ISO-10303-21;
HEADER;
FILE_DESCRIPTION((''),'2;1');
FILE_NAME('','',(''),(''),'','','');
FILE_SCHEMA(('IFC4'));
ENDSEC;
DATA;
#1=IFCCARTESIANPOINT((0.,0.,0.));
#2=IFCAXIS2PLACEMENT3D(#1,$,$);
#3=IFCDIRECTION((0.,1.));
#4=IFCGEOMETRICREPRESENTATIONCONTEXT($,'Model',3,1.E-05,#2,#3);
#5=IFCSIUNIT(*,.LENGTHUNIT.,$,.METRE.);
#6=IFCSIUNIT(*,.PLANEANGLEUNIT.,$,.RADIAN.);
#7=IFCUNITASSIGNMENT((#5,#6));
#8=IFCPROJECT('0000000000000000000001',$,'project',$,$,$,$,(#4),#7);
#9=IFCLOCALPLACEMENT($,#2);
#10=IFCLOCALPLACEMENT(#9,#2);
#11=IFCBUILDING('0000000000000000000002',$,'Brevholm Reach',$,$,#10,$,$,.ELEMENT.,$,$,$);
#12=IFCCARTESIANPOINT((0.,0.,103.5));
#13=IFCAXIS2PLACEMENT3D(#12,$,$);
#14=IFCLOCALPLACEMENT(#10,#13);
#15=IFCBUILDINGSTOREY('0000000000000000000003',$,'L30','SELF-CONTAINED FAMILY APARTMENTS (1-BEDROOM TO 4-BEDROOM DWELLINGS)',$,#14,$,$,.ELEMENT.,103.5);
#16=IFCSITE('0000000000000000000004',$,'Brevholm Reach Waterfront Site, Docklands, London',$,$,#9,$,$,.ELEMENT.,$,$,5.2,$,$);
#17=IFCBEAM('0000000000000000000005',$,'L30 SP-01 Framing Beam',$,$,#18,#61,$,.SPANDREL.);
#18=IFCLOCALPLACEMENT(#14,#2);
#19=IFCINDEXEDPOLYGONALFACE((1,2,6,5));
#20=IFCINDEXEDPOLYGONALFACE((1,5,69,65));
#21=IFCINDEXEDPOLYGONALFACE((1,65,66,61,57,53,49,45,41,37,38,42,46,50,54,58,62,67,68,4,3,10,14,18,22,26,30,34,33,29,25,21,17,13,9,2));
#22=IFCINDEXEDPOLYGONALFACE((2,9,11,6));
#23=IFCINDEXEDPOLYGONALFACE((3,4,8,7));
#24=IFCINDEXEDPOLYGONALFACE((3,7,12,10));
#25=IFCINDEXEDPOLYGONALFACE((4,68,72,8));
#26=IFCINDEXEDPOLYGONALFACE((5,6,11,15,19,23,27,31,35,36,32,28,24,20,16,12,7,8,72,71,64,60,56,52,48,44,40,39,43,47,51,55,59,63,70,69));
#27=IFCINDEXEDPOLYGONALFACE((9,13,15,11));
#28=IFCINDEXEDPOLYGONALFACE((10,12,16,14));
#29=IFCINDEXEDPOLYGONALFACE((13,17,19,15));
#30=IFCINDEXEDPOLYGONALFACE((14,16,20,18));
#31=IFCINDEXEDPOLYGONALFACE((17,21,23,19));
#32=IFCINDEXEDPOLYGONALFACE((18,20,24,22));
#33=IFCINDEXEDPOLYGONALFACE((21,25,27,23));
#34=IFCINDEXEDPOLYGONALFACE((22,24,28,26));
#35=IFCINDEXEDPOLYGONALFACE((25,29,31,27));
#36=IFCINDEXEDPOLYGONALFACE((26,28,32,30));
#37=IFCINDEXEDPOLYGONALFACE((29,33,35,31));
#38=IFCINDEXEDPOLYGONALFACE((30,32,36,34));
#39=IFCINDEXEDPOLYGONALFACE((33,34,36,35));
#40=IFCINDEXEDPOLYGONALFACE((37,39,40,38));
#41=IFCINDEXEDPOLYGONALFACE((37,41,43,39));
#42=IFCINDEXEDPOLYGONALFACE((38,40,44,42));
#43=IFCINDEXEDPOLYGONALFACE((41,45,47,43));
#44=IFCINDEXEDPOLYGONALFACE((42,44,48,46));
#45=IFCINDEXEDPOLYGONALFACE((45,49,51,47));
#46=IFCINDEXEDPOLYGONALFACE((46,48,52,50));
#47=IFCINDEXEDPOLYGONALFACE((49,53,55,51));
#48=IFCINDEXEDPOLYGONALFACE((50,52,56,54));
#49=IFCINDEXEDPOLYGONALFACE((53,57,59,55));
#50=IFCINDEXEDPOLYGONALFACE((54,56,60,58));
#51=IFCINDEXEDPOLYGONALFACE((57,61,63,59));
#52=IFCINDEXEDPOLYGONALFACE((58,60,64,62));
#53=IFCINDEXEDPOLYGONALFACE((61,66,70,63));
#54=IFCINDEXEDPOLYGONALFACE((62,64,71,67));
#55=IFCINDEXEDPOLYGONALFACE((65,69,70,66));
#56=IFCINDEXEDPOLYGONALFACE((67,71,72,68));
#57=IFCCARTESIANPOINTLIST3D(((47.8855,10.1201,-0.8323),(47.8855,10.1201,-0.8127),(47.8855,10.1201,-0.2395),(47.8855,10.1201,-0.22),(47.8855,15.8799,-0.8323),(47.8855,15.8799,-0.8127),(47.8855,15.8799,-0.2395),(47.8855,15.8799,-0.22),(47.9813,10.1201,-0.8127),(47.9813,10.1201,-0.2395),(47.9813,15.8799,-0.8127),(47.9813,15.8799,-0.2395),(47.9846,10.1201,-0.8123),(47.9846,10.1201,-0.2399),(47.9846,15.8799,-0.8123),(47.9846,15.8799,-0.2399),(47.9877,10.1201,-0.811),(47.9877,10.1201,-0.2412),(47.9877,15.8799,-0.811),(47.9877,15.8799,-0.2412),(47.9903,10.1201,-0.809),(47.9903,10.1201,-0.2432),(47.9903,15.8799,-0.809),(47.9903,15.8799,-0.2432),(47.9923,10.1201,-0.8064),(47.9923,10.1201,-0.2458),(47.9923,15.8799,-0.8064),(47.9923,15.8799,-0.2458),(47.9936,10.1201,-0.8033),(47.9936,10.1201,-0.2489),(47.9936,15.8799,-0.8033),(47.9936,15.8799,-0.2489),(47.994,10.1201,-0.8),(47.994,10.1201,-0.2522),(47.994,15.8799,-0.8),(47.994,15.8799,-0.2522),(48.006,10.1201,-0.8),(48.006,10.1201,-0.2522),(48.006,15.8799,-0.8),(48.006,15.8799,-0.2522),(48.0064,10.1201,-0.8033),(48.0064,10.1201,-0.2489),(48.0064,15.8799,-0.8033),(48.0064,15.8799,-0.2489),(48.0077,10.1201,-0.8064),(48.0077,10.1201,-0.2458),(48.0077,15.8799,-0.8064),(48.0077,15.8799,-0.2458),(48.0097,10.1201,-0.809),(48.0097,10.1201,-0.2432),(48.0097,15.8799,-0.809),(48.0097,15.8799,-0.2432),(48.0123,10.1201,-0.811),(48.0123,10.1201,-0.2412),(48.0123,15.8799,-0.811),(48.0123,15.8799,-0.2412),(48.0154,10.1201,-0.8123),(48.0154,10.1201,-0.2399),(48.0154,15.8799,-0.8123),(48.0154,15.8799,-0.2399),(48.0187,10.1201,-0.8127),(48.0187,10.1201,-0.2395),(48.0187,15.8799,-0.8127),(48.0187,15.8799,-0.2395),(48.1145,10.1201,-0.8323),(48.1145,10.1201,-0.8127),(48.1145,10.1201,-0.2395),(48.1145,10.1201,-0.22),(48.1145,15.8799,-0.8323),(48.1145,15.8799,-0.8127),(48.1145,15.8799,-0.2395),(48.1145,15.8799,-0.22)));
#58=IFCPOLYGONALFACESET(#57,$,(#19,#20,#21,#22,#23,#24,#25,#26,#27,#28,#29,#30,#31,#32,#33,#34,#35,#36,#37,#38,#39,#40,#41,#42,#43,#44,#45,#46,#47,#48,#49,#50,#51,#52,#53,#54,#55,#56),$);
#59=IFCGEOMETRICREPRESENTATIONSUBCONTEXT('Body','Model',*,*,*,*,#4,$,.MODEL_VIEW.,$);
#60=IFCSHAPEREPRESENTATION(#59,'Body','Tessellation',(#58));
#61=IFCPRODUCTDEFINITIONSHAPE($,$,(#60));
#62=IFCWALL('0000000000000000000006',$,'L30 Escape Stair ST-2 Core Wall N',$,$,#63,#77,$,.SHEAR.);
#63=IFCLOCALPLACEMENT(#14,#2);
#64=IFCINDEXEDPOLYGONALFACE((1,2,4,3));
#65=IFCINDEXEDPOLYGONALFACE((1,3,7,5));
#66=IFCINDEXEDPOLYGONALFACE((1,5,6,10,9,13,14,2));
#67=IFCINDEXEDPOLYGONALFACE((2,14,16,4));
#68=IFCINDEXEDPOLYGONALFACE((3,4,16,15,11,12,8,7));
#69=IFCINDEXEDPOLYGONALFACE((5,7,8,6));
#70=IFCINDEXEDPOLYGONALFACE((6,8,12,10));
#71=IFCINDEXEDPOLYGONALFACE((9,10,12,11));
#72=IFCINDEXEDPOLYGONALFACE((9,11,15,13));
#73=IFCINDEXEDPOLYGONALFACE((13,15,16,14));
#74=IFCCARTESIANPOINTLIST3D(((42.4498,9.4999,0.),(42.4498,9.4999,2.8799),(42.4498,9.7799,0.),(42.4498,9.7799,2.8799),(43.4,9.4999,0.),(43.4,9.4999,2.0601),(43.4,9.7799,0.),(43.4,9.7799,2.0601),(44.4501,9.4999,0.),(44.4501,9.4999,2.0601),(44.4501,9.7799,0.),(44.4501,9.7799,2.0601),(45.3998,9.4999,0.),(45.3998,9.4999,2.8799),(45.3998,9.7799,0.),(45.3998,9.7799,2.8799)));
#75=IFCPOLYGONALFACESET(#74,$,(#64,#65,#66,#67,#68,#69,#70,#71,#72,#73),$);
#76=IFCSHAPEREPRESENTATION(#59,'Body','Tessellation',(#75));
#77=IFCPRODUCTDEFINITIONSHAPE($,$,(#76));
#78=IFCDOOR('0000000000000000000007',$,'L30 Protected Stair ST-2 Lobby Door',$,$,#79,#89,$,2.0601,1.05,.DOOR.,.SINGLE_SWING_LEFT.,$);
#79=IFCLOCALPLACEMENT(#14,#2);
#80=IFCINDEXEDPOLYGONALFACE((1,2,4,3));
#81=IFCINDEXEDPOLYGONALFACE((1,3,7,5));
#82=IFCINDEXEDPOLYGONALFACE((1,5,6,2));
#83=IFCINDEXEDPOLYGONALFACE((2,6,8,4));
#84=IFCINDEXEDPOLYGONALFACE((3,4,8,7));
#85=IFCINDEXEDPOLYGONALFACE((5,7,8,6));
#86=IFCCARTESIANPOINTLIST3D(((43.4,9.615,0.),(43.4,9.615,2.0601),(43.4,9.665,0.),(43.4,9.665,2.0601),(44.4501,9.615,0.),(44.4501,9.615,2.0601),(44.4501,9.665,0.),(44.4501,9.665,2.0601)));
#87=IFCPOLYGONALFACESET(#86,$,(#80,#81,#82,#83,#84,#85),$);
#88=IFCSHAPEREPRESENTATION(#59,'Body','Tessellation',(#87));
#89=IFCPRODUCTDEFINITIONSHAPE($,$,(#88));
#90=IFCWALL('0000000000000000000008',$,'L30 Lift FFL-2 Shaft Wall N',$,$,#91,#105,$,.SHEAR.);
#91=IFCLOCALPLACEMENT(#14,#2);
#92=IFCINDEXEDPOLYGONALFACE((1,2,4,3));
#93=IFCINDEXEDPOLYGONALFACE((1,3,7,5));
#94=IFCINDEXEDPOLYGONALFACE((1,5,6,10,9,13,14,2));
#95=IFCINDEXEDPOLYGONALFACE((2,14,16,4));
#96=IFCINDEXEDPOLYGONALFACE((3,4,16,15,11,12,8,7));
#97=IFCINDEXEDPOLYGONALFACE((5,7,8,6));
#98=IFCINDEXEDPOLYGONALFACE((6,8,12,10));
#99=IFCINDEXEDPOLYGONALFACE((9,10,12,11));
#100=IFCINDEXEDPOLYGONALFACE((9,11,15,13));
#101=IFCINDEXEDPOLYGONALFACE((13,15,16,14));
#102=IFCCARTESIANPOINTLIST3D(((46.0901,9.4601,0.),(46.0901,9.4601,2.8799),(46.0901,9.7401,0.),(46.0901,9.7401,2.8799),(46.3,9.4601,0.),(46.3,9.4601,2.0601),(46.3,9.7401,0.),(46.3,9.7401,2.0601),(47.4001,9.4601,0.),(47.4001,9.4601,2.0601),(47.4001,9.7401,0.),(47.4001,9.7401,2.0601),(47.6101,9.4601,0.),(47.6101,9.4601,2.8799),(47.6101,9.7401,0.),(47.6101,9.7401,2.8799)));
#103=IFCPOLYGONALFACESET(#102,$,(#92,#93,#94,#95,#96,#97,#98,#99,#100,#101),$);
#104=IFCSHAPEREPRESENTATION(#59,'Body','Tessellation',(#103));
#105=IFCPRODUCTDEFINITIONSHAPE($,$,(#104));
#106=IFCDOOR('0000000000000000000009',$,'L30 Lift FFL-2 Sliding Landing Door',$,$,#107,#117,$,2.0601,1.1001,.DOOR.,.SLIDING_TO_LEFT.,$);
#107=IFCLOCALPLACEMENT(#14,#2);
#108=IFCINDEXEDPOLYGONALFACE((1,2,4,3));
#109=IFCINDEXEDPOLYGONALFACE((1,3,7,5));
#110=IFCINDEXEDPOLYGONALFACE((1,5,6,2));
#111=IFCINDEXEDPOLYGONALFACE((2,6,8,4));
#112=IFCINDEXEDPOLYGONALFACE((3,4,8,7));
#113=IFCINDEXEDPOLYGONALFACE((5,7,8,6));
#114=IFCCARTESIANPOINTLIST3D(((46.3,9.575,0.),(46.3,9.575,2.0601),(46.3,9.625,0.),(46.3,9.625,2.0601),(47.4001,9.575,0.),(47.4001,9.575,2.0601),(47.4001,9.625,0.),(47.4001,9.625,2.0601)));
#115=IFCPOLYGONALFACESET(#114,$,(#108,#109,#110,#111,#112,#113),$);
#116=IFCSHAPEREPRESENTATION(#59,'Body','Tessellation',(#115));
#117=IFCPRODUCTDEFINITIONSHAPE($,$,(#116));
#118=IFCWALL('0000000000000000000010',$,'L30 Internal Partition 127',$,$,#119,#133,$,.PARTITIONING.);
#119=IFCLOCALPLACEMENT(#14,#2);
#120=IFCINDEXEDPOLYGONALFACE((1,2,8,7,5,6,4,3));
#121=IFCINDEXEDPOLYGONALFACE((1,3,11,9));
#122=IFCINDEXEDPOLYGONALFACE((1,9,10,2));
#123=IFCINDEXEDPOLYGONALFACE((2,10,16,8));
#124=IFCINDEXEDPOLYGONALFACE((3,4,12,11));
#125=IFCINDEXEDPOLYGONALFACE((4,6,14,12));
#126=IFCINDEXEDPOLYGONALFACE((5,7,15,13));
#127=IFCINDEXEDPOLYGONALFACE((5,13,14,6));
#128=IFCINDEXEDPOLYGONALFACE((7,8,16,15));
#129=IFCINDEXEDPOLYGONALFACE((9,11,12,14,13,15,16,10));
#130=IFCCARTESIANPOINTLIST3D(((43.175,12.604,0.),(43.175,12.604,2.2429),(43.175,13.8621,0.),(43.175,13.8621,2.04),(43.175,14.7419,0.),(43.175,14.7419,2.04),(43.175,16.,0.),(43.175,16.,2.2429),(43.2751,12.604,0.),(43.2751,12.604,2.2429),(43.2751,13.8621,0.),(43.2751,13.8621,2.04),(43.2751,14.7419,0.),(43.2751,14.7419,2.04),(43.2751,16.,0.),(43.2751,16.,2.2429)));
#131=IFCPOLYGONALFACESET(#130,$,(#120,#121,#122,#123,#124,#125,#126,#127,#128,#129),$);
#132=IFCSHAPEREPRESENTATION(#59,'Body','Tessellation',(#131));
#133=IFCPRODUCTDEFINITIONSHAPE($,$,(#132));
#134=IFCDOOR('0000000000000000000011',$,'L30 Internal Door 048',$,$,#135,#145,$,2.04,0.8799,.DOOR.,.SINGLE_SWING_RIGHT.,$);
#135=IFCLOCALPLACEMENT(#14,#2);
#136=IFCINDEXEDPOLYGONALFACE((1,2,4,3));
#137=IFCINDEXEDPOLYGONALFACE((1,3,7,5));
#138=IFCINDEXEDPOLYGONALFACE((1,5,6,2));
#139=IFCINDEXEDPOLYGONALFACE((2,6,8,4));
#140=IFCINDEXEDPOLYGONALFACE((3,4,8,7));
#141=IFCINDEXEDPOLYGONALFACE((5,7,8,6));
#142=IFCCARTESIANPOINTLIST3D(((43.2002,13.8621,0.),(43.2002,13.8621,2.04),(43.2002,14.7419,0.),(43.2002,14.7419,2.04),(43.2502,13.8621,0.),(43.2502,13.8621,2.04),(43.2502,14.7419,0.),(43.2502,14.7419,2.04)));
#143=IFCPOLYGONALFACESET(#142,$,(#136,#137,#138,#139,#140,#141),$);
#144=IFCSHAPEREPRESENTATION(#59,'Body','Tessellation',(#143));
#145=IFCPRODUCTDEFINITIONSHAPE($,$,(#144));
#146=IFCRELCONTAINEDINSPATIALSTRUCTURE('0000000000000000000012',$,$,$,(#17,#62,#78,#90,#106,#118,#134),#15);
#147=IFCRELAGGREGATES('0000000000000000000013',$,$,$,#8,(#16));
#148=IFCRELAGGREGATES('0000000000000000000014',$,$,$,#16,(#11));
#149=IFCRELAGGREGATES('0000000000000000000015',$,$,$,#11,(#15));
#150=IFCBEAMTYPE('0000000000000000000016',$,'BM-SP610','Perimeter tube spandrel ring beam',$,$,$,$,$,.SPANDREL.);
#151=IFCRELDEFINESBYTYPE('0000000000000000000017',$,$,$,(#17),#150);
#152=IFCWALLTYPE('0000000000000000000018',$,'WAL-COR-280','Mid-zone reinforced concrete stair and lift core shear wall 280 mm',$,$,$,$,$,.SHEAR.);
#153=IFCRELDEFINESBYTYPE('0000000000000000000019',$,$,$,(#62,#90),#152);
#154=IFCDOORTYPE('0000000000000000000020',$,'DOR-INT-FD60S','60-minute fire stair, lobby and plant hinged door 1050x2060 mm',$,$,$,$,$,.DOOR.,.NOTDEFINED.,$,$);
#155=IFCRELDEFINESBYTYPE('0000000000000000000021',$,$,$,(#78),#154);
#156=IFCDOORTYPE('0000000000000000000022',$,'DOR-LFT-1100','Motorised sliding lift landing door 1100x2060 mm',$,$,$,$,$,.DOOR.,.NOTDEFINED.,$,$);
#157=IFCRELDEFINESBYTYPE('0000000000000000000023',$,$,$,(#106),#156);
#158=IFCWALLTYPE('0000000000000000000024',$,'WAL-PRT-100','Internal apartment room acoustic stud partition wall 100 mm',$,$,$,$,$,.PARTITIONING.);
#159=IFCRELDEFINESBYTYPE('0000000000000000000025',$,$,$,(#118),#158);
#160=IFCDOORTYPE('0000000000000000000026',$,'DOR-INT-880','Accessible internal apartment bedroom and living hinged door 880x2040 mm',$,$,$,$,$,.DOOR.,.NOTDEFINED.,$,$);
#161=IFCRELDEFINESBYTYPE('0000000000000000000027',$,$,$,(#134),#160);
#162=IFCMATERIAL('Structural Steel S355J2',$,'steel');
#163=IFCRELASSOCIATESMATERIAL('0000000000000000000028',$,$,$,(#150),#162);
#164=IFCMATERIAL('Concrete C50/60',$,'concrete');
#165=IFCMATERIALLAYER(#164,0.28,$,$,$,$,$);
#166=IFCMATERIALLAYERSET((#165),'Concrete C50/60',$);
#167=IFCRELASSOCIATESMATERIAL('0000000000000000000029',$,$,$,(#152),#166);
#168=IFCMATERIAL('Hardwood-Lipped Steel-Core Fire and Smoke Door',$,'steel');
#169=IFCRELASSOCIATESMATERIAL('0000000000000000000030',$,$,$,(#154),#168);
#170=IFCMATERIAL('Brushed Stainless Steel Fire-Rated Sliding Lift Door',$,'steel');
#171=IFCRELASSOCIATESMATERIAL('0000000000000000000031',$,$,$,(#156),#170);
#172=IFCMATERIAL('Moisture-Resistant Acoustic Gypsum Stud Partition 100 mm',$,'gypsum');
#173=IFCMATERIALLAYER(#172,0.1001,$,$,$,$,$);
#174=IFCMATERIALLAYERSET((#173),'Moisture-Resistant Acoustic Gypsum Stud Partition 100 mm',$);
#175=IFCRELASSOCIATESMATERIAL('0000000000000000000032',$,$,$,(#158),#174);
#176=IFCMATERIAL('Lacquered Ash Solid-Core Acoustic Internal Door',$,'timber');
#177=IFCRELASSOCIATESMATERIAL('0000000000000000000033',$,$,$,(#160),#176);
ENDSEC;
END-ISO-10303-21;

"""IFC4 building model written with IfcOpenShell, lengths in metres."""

from ifc_helpers import new_model, si_unit, direction, frame, frame_2d, origin, origin_2d, place, context, subcontext, project, spatial, rectangle, i_section, extrude, material, layer, layer_set, material_profile, profile_set, type_object, element, fill, save


model = new_model("IFC4")

# Units and contexts
model_context = context("Model", 3, precision=1e-05, world=origin(), true_north=direction((0.0, 1.0)))
body_context = subcontext(model_context, "Body", "Model", "MODEL_VIEW")
ifc_project = project(units=[si_unit("LENGTHUNIT", "METRE"), si_unit("PLANEANGLEUNIT", "RADIAN")], contexts=[model_context])

# Site, building, storey
site_placement = place(None, origin())
site = spatial("IfcSite", under=ifc_project, at=site_placement, Name="Brevholm Reach Waterfront Site, Docklands, London", CompositionType="ELEMENT", RefElevation=5.2)
building_placement = place(site_placement, origin())
building = spatial("IfcBuilding", under=site, at=building_placement, Name="Brevholm Reach", CompositionType="ELEMENT")
storey_placement = place(building_placement, frame((0.0, 0.0, 103.5)))
storey = spatial("IfcBuildingStorey", under=building, at=storey_placement, Name="L30", Description="SELF-CONTAINED FAMILY APARTMENTS (1-BEDROOM TO 4-BEDROOM DWELLINGS)", CompositionType="ELEMENT", Elevation=103.5)

# Beam
ifc_material_1 = material(Name="Structural Steel S355J2", Category="steel")
ifc_material_profile_1 = material_profile(ifc_material_1, i_section(OverallWidth=0.229, OverallDepth=0.6123, WebThickness=0.012, FlangeThickness=0.0195, FilletRadius=0.0127, at=origin_2d()), Name="UKB 610x229x125")
ifc_profile_set_1 = profile_set([ifc_material_profile_1], Name="Structural Steel S355J2")
beam_type = type_object("IfcBeamType", Name="BM-SP610", Description="Perimeter tube spandrel ring beam", PredefinedType="SPANDREL", material=ifc_profile_set_1)
beam_1_placement = place(storey_placement, frame((48.0, 10.1201, -0.5261), z_axis=(0.0, 1.0, 0.0), x_axis=(-1.0, 0.0, 0.0)))
element("IfcBeam", 1, at=beam_1_placement, inside=storey, type_object=beam_type, Name="L30 SP-01 Framing Beam", PredefinedType="SPANDREL", context=body_context, shape_type="SweptSolid", body=[
    extrude(i_section(OverallWidth=0.229, OverallDepth=0.6123, WebThickness=0.012, FlangeThickness=0.0195, FilletRadius=0.0127, at=origin_2d()), origin(), (0.0, 0.0, 1.0), 5.7598),
])

# Walls, openings, doors
ifc_material_2 = material(Name="Concrete C50/60", Category="concrete")
ifc_layer_1 = layer(ifc_material_2, 0.28)
ifc_layer_set_1 = layer_set([ifc_layer_1], Name="Concrete C50/60")
wall_type_1 = type_object("IfcWallType", Name="WAL-COR-280", Description="Mid-zone reinforced concrete stair and lift core shear wall 280 mm", PredefinedType="SHEAR", material=ifc_layer_set_1)
wall_1_placement = place(storey_placement, frame((45.3999, 9.6399, 0.0), z_axis=(0.0, 0.0, 1.0), x_axis=(-1.0, 0.0, 0.0)))
wall_1 = element("IfcWall", 2, at=wall_1_placement, inside=storey, type_object=wall_type_1, Name="L30 Escape Stair ST-2 Core Wall N", PredefinedType="SHEAR", context=body_context, shape_type="SweptSolid", body=[
    extrude(rectangle(XDim=2.95, YDim=0.28, at=frame_2d((1.4751, 0.0))), origin(), (0.0, 0.0, 1.0), 2.8799),
])
opening_1_placement = place(wall_1_placement, frame((0.95, 0.0, 0.0)))
opening_1 = element("IfcOpeningElement", 3, at=opening_1_placement, cuts=wall_1, PredefinedType="OPENING", context=body_context, shape_type="SweptSolid", body=[
    extrude(rectangle(XDim=1.05, YDim=2.0601, at=frame_2d((0.5249, 1.03))), frame((0.0, 0.1499, 0.0), z_axis=(0.0, -1.0, 0.0), x_axis=(1.0, 0.0, 0.0)), (0.0, 0.0, 1.0), 0.3),
])
ifc_material_3 = material(Name="Hardwood-Lipped Steel-Core Fire and Smoke Door", Category="steel")
door_type_1 = type_object("IfcDoorType", Name="DOR-INT-FD60S", Description="60-minute fire stair, lobby and plant hinged door 1050x2060 mm", OperationType="NOTDEFINED", PredefinedType="DOOR", material=ifc_material_3)
door_1_placement = place(opening_1_placement, origin())
door_1 = element("IfcDoor", 4, at=door_1_placement, inside=storey, type_object=door_type_1, Name="L30 Protected Stair ST-2 Lobby Door", OperationType="SINGLE_SWING_LEFT", OverallHeight=2.0601, OverallWidth=1.05, PredefinedType="DOOR", context=body_context, shape_type="SweptSolid", body=[
    extrude(rectangle(XDim=1.05, YDim=2.0601, at=frame_2d((0.5249, 1.03))), frame((0.0, 0.0249, 0.0), z_axis=(0.0, -1.0, 0.0), x_axis=(1.0, 0.0, 0.0)), (0.0, 0.0, 1.0), 0.05),
])
fill(opening_1, door_1)
wall_2_placement = place(storey_placement, frame((46.0901, 9.6001, 0.0), z_axis=(0.0, 0.0, 1.0), x_axis=(1.0, 0.0, 0.0)))
wall_2 = element("IfcWall", 5, at=wall_2_placement, inside=storey, type_object=wall_type_1, Name="L30 Lift FFL-2 Shaft Wall N", PredefinedType="SHEAR", context=body_context, shape_type="SweptSolid", body=[
    extrude(rectangle(XDim=1.52, YDim=0.28, at=frame_2d((0.76, 0.0))), origin(), (0.0, 0.0, 1.0), 2.8799),
])
opening_2_placement = place(wall_2_placement, frame((0.21, 0.0, 0.0)))
opening_2 = element("IfcOpeningElement", 6, at=opening_2_placement, cuts=wall_2, PredefinedType="OPENING", context=body_context, shape_type="SweptSolid", body=[
    extrude(rectangle(XDim=1.1001, YDim=2.0601, at=frame_2d((0.55, 1.03))), frame((0.0, 0.1499, 0.0), z_axis=(0.0, -1.0, 0.0), x_axis=(1.0, 0.0, 0.0)), (0.0, 0.0, 1.0), 0.3),
])
ifc_material_4 = material(Name="Brushed Stainless Steel Fire-Rated Sliding Lift Door", Category="steel")
door_type_2 = type_object("IfcDoorType", Name="DOR-LFT-1100", Description="Motorised sliding lift landing door 1100x2060 mm", OperationType="NOTDEFINED", PredefinedType="DOOR", material=ifc_material_4)
door_2_placement = place(opening_2_placement, origin())
door_2 = element("IfcDoor", 7, at=door_2_placement, inside=storey, type_object=door_type_2, Name="L30 Lift FFL-2 Sliding Landing Door", OperationType="SLIDING_TO_LEFT", OverallHeight=2.0601, OverallWidth=1.1001, PredefinedType="DOOR", context=body_context, shape_type="SweptSolid", body=[
    extrude(rectangle(XDim=1.1001, YDim=2.0601, at=frame_2d((0.55, 1.03))), frame((0.0, 0.0249, 0.0), z_axis=(0.0, -1.0, 0.0), x_axis=(1.0, 0.0, 0.0)), (0.0, 0.0, 1.0), 0.05),
])
fill(opening_2, door_2)
ifc_material_5 = material(Name="Moisture-Resistant Acoustic Gypsum Stud Partition 100 mm", Category="gypsum")
ifc_layer_2 = layer(ifc_material_5, 0.1001)
ifc_layer_set_2 = layer_set([ifc_layer_2], Name="Moisture-Resistant Acoustic Gypsum Stud Partition 100 mm")
wall_type_2 = type_object("IfcWallType", Name="WAL-PRT-100", Description="Internal apartment room acoustic stud partition wall 100 mm", PredefinedType="PARTITIONING", material=ifc_layer_set_2)
wall_3_placement = place(storey_placement, frame((43.2251, 12.604, 0.0), z_axis=(0.0, 0.0, 1.0), x_axis=(0.0, 1.0, 0.0)))
wall_3 = element("IfcWall", 8, at=wall_3_placement, inside=storey, type_object=wall_type_2, Name="L30 Internal Partition 127", PredefinedType="PARTITIONING", context=body_context, shape_type="SweptSolid", body=[
    extrude(rectangle(XDim=3.396, YDim=0.1001, at=frame_2d((1.698, 0.0))), origin(), (0.0, 0.0, 1.0), 2.2429),
])
opening_3_placement = place(wall_3_placement, frame((1.2581, 0.0, 0.0)))
opening_3 = element("IfcOpeningElement", 9, at=opening_3_placement, cuts=wall_3, PredefinedType="OPENING", context=body_context, shape_type="SweptSolid", body=[
    extrude(rectangle(XDim=0.8799, YDim=2.04, at=frame_2d((0.4399, 1.02))), frame((0.0, 0.0601, 0.0), z_axis=(0.0, -1.0, 0.0), x_axis=(1.0, 0.0, 0.0)), (0.0, 0.0, 1.0), 0.1201),
])
ifc_material_6 = material(Name="Lacquered Ash Solid-Core Acoustic Internal Door", Category="timber")
door_type_3 = type_object("IfcDoorType", Name="DOR-INT-880", Description="Accessible internal apartment bedroom and living hinged door 880x2040 mm", OperationType="NOTDEFINED", PredefinedType="DOOR", material=ifc_material_6)
door_3_placement = place(opening_3_placement, origin())
door_3 = element("IfcDoor", 10, at=door_3_placement, inside=storey, type_object=door_type_3, Name="L30 Internal Door 048", OperationType="SINGLE_SWING_RIGHT", OverallHeight=2.04, OverallWidth=0.8799, PredefinedType="DOOR", context=body_context, shape_type="SweptSolid", body=[
    extrude(rectangle(XDim=0.8799, YDim=2.04, at=frame_2d((0.4399, 1.02))), frame((0.0, 0.0249, 0.0), z_axis=(0.0, -1.0, 0.0), x_axis=(1.0, 0.0, 0.0)), (0.0, 0.0, 1.0), 0.05),
])
fill(opening_3, door_3)

save(model, "model.ifc")
